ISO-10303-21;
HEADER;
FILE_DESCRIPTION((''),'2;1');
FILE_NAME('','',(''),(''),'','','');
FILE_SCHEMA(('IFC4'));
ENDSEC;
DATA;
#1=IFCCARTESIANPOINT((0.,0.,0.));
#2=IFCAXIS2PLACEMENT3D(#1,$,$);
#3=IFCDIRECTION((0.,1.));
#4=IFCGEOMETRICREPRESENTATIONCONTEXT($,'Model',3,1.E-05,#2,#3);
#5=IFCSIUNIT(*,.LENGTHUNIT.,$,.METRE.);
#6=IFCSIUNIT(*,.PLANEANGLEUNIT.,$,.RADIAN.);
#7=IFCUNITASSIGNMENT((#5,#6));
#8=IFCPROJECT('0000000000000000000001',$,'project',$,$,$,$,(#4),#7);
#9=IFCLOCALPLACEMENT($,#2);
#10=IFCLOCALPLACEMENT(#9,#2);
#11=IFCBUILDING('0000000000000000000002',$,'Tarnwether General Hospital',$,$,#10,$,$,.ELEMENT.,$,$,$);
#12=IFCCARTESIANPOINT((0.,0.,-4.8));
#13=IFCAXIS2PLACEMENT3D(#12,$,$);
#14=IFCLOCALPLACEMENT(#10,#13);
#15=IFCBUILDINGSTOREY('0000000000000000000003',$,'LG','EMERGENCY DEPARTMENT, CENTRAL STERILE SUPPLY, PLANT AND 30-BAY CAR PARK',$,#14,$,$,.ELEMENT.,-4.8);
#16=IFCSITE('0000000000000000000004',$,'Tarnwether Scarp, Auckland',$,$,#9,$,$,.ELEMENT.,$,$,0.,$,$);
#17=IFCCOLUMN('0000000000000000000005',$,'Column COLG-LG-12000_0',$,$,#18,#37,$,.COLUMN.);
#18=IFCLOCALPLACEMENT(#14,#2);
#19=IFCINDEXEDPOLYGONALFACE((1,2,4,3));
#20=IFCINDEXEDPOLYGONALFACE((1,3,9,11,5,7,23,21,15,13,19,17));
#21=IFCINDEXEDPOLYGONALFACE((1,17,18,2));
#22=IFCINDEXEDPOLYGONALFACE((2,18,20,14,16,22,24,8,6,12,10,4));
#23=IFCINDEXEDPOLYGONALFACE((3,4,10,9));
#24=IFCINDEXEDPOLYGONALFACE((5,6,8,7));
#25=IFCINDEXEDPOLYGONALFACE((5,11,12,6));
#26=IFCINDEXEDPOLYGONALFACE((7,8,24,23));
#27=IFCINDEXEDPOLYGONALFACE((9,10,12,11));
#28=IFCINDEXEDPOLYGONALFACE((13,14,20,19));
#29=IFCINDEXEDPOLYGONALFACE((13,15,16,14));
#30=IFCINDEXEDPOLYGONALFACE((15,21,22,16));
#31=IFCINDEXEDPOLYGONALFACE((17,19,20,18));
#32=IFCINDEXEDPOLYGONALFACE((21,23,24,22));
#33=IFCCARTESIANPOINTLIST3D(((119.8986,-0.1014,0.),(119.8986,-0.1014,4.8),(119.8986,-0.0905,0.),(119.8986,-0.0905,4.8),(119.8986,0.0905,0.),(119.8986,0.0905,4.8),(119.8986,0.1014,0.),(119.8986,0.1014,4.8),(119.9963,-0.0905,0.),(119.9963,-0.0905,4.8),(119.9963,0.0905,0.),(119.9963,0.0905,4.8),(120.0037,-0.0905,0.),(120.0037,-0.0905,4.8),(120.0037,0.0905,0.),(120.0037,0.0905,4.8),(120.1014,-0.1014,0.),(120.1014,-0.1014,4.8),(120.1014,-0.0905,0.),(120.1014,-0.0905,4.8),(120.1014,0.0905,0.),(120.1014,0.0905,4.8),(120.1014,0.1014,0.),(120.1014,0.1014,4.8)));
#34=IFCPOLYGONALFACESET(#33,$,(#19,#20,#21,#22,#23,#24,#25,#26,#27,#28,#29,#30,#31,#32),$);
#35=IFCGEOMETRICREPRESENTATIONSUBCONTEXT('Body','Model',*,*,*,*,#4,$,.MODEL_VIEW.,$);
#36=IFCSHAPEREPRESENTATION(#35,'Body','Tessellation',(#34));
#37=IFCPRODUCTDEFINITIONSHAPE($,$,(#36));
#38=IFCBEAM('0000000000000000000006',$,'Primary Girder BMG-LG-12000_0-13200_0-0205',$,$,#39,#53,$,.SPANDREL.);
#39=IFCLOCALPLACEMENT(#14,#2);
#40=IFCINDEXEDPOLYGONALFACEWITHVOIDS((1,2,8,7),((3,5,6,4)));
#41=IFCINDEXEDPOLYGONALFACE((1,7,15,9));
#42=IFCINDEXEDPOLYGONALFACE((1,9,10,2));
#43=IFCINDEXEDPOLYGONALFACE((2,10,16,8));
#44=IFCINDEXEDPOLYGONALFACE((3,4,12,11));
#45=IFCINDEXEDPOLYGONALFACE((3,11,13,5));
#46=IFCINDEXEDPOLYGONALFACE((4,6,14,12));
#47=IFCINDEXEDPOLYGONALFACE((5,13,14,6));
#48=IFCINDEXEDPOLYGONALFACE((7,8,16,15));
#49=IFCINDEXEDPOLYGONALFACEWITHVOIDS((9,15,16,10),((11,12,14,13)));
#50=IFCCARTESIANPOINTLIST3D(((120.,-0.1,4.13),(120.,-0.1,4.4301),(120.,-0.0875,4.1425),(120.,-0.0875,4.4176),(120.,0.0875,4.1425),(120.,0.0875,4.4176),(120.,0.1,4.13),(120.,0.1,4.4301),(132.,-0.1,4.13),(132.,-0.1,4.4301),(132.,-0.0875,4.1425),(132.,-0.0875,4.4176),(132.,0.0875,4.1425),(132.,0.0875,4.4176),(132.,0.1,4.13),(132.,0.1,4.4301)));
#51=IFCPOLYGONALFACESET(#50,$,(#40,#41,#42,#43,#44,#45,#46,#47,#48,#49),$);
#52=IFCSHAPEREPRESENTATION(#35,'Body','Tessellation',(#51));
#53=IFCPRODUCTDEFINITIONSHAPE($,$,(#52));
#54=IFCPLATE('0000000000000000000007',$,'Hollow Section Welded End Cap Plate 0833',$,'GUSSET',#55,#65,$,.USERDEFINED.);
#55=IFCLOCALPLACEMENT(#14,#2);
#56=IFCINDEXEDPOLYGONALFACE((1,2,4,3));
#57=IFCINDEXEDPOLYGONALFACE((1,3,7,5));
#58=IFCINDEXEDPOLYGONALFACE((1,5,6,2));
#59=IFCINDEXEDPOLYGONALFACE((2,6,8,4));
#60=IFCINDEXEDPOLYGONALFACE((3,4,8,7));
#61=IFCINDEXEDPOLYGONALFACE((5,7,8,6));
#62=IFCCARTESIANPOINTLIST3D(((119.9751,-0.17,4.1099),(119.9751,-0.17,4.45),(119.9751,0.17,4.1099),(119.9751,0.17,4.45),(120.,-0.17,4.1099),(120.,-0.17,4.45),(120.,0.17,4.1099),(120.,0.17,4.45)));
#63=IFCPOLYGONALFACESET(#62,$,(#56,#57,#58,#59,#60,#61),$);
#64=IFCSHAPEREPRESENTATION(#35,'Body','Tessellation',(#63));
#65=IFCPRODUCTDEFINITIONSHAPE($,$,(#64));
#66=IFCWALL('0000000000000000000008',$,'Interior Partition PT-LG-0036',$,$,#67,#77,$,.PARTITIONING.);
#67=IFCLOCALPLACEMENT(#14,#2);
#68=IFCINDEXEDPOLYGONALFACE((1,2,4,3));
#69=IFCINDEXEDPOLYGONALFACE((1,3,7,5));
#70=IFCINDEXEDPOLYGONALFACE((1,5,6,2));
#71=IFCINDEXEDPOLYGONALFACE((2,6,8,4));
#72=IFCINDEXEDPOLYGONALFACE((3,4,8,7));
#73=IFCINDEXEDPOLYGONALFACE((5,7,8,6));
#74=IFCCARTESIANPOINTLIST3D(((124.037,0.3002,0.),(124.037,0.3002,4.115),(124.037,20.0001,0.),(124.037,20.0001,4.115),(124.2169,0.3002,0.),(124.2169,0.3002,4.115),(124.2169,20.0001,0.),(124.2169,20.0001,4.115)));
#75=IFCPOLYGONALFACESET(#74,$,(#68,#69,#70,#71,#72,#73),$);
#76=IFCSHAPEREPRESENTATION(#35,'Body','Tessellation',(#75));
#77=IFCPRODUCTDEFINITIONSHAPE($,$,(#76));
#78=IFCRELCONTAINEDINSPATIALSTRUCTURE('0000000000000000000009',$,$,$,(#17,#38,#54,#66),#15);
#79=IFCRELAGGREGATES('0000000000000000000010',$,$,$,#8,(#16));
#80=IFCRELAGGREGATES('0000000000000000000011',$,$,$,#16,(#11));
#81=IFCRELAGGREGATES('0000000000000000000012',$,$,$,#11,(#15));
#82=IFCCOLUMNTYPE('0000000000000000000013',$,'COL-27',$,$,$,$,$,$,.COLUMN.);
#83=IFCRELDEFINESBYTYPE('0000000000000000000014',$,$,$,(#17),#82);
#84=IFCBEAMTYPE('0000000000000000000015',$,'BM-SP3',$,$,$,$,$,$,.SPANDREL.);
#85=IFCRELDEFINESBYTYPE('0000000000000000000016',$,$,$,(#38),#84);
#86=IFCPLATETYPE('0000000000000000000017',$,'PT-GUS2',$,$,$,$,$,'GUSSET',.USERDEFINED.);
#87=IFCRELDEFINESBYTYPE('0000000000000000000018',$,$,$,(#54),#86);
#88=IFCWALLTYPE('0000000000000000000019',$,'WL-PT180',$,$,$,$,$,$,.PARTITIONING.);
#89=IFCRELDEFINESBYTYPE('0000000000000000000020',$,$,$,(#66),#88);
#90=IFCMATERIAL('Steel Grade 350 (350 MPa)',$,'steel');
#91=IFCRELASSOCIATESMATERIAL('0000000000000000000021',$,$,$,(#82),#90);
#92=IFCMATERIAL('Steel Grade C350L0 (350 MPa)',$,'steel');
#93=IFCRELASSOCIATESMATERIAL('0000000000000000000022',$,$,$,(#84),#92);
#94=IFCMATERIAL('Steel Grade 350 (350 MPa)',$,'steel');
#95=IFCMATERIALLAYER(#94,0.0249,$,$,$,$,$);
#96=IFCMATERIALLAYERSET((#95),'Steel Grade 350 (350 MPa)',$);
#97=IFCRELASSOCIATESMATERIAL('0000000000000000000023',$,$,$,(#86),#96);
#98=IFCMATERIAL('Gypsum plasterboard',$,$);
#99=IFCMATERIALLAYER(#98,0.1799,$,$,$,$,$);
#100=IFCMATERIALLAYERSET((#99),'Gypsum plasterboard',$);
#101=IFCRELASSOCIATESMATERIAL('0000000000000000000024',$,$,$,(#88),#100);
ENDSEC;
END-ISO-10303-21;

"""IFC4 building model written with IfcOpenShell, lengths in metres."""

from ifc_helpers import new_model, si_unit, direction, frame, frame_2d, origin, origin_2d, place, context, subcontext, project, spatial, rectangle, hollow_rectangle, i_section, extrude, material, layer, layer_set, material_profile, profile_set, type_object, element, save


model = new_model("IFC4")

# Units and contexts
model_context = context("Model", 3, precision=1e-05, world=origin(), true_north=direction((0.0, 1.0)))
body_context = subcontext(model_context, "Body", "Model", "MODEL_VIEW")
ifc_project = project(units=[si_unit("LENGTHUNIT", "METRE"), si_unit("PLANEANGLEUNIT", "RADIAN")], contexts=[model_context])

# Site, building, storey
site_placement = place(None, origin())
site = spatial("IfcSite", under=ifc_project, at=site_placement, Name="Tarnwether Scarp, Auckland", CompositionType="ELEMENT", RefElevation=0.0)
building_placement = place(site_placement, origin())
building = spatial("IfcBuilding", under=site, at=building_placement, Name="Tarnwether General Hospital", CompositionType="ELEMENT")
storey_placement = place(building_placement, frame((0.0, 0.0, -4.8)))
storey = spatial("IfcBuildingStorey", under=building, at=storey_placement, Name="LG", Description="EMERGENCY DEPARTMENT, CENTRAL STERILE SUPPLY, PLANT AND 30-BAY CAR PARK", CompositionType="ELEMENT", Elevation=-4.8)

# Column
ifc_material_1 = material(Name="Steel Grade 350 (350 MPa)", Category="steel")
ifc_material_profile_1 = material_profile(ifc_material_1, i_section(OverallWidth=0.2029, OverallDepth=0.2029, WebThickness=0.0073, FlangeThickness=0.011, at=origin_2d()), Name="200UC46.2")
ifc_profile_set_1 = profile_set([ifc_material_profile_1], Name="Steel Grade 350 (350 MPa)")
column_type = type_object("IfcColumnType", Name="COL-27", PredefinedType="COLUMN", material=ifc_profile_set_1)
column_placement = place(storey_placement, frame((120.0, 0.0, 0.0), z_axis=(0.0, 0.0, 1.0), x_axis=(1.0, 0.0, 0.0)))
element("IfcColumn", 1, at=column_placement, inside=storey, type_object=column_type, Name="Column COLG-LG-12000_0", PredefinedType="COLUMN", context=body_context, shape_type="SweptSolid", body=[
    extrude(i_section(OverallWidth=0.2029, OverallDepth=0.2029, WebThickness=0.0073, FlangeThickness=0.011, at=origin_2d()), origin(), (0.0, 0.0, 1.0), 4.8),
])

# Beam
ifc_material_2 = material(Name="Steel Grade C350L0 (350 MPa)", Category="steel")
ifc_material_profile_2 = material_profile(ifc_material_2, hollow_rectangle(XDim=0.2, YDim=0.3, WallThickness=0.0125, at=origin_2d()), Name="RHS300x200x12.5")
ifc_profile_set_2 = profile_set([ifc_material_profile_2], Name="Steel Grade C350L0 (350 MPa)")
beam_type = type_object("IfcBeamType", Name="BM-SP3", PredefinedType="SPANDREL", material=ifc_profile_set_2)
beam_placement = place(storey_placement, frame((120.0, 0.0, 4.28), z_axis=(1.0, 0.0, 0.0), x_axis=(0.0, 1.0, 0.0)))
element("IfcBeam", 2, at=beam_placement, inside=storey, type_object=beam_type, Name="Primary Girder BMG-LG-12000_0-13200_0-0205", PredefinedType="SPANDREL", context=body_context, shape_type="SweptSolid", body=[
    extrude(hollow_rectangle(XDim=0.2, YDim=0.3, WallThickness=0.0125, at=origin_2d()), origin(), (0.0, 0.0, 1.0), 12.0),
])

# Plate
ifc_material_3 = material(Name="Steel Grade 350 (350 MPa)", Category="steel")
ifc_layer_1 = layer(ifc_material_3, 0.0249)
ifc_layer_set_1 = layer_set([ifc_layer_1], Name="Steel Grade 350 (350 MPa)")
plate_type = type_object("IfcPlateType", Name="PT-GUS2", ElementType="GUSSET", PredefinedType="USERDEFINED", material=ifc_layer_set_1)
plate_placement = place(storey_placement, frame((119.9875, 0.0, 4.1099), z_axis=(0.0, 0.0, 1.0), x_axis=(1.0, 0.0, 0.0)))
element("IfcPlate", 3, at=plate_placement, inside=storey, type_object=plate_type, Name="Hollow Section Welded End Cap Plate 0833", ObjectType="GUSSET", PredefinedType="USERDEFINED", context=body_context, shape_type="SweptSolid", body=[
    extrude(rectangle(XDim=0.0249, YDim=0.3401, at=origin_2d()), origin(), (0.0, 0.0, 1.0), 0.3401),
])

# Wall
ifc_material_4 = material(Name="Gypsum plasterboard")
ifc_layer_2 = layer(ifc_material_4, 0.1799)
ifc_layer_set_2 = layer_set([ifc_layer_2], Name="Gypsum plasterboard")
wall_type = type_object("IfcWallType", Name="WL-PT180", PredefinedType="PARTITIONING", material=ifc_layer_set_2)
wall_placement = place(storey_placement, frame((124.127, 0.3, 0.0), z_axis=(0.0, 0.0, 1.0), x_axis=(0.0, 1.0, 0.0)))
element("IfcWall", 4, at=wall_placement, inside=storey, type_object=wall_type, Name="Interior Partition PT-LG-0036", PredefinedType="PARTITIONING", context=body_context, shape_type="SweptSolid", body=[
    extrude(rectangle(XDim=19.7, YDim=0.1799, at=frame_2d((9.8501, 0.0))), origin(), (0.0, 0.0, 1.0), 4.115),
])

save(model, "model.ifc")
